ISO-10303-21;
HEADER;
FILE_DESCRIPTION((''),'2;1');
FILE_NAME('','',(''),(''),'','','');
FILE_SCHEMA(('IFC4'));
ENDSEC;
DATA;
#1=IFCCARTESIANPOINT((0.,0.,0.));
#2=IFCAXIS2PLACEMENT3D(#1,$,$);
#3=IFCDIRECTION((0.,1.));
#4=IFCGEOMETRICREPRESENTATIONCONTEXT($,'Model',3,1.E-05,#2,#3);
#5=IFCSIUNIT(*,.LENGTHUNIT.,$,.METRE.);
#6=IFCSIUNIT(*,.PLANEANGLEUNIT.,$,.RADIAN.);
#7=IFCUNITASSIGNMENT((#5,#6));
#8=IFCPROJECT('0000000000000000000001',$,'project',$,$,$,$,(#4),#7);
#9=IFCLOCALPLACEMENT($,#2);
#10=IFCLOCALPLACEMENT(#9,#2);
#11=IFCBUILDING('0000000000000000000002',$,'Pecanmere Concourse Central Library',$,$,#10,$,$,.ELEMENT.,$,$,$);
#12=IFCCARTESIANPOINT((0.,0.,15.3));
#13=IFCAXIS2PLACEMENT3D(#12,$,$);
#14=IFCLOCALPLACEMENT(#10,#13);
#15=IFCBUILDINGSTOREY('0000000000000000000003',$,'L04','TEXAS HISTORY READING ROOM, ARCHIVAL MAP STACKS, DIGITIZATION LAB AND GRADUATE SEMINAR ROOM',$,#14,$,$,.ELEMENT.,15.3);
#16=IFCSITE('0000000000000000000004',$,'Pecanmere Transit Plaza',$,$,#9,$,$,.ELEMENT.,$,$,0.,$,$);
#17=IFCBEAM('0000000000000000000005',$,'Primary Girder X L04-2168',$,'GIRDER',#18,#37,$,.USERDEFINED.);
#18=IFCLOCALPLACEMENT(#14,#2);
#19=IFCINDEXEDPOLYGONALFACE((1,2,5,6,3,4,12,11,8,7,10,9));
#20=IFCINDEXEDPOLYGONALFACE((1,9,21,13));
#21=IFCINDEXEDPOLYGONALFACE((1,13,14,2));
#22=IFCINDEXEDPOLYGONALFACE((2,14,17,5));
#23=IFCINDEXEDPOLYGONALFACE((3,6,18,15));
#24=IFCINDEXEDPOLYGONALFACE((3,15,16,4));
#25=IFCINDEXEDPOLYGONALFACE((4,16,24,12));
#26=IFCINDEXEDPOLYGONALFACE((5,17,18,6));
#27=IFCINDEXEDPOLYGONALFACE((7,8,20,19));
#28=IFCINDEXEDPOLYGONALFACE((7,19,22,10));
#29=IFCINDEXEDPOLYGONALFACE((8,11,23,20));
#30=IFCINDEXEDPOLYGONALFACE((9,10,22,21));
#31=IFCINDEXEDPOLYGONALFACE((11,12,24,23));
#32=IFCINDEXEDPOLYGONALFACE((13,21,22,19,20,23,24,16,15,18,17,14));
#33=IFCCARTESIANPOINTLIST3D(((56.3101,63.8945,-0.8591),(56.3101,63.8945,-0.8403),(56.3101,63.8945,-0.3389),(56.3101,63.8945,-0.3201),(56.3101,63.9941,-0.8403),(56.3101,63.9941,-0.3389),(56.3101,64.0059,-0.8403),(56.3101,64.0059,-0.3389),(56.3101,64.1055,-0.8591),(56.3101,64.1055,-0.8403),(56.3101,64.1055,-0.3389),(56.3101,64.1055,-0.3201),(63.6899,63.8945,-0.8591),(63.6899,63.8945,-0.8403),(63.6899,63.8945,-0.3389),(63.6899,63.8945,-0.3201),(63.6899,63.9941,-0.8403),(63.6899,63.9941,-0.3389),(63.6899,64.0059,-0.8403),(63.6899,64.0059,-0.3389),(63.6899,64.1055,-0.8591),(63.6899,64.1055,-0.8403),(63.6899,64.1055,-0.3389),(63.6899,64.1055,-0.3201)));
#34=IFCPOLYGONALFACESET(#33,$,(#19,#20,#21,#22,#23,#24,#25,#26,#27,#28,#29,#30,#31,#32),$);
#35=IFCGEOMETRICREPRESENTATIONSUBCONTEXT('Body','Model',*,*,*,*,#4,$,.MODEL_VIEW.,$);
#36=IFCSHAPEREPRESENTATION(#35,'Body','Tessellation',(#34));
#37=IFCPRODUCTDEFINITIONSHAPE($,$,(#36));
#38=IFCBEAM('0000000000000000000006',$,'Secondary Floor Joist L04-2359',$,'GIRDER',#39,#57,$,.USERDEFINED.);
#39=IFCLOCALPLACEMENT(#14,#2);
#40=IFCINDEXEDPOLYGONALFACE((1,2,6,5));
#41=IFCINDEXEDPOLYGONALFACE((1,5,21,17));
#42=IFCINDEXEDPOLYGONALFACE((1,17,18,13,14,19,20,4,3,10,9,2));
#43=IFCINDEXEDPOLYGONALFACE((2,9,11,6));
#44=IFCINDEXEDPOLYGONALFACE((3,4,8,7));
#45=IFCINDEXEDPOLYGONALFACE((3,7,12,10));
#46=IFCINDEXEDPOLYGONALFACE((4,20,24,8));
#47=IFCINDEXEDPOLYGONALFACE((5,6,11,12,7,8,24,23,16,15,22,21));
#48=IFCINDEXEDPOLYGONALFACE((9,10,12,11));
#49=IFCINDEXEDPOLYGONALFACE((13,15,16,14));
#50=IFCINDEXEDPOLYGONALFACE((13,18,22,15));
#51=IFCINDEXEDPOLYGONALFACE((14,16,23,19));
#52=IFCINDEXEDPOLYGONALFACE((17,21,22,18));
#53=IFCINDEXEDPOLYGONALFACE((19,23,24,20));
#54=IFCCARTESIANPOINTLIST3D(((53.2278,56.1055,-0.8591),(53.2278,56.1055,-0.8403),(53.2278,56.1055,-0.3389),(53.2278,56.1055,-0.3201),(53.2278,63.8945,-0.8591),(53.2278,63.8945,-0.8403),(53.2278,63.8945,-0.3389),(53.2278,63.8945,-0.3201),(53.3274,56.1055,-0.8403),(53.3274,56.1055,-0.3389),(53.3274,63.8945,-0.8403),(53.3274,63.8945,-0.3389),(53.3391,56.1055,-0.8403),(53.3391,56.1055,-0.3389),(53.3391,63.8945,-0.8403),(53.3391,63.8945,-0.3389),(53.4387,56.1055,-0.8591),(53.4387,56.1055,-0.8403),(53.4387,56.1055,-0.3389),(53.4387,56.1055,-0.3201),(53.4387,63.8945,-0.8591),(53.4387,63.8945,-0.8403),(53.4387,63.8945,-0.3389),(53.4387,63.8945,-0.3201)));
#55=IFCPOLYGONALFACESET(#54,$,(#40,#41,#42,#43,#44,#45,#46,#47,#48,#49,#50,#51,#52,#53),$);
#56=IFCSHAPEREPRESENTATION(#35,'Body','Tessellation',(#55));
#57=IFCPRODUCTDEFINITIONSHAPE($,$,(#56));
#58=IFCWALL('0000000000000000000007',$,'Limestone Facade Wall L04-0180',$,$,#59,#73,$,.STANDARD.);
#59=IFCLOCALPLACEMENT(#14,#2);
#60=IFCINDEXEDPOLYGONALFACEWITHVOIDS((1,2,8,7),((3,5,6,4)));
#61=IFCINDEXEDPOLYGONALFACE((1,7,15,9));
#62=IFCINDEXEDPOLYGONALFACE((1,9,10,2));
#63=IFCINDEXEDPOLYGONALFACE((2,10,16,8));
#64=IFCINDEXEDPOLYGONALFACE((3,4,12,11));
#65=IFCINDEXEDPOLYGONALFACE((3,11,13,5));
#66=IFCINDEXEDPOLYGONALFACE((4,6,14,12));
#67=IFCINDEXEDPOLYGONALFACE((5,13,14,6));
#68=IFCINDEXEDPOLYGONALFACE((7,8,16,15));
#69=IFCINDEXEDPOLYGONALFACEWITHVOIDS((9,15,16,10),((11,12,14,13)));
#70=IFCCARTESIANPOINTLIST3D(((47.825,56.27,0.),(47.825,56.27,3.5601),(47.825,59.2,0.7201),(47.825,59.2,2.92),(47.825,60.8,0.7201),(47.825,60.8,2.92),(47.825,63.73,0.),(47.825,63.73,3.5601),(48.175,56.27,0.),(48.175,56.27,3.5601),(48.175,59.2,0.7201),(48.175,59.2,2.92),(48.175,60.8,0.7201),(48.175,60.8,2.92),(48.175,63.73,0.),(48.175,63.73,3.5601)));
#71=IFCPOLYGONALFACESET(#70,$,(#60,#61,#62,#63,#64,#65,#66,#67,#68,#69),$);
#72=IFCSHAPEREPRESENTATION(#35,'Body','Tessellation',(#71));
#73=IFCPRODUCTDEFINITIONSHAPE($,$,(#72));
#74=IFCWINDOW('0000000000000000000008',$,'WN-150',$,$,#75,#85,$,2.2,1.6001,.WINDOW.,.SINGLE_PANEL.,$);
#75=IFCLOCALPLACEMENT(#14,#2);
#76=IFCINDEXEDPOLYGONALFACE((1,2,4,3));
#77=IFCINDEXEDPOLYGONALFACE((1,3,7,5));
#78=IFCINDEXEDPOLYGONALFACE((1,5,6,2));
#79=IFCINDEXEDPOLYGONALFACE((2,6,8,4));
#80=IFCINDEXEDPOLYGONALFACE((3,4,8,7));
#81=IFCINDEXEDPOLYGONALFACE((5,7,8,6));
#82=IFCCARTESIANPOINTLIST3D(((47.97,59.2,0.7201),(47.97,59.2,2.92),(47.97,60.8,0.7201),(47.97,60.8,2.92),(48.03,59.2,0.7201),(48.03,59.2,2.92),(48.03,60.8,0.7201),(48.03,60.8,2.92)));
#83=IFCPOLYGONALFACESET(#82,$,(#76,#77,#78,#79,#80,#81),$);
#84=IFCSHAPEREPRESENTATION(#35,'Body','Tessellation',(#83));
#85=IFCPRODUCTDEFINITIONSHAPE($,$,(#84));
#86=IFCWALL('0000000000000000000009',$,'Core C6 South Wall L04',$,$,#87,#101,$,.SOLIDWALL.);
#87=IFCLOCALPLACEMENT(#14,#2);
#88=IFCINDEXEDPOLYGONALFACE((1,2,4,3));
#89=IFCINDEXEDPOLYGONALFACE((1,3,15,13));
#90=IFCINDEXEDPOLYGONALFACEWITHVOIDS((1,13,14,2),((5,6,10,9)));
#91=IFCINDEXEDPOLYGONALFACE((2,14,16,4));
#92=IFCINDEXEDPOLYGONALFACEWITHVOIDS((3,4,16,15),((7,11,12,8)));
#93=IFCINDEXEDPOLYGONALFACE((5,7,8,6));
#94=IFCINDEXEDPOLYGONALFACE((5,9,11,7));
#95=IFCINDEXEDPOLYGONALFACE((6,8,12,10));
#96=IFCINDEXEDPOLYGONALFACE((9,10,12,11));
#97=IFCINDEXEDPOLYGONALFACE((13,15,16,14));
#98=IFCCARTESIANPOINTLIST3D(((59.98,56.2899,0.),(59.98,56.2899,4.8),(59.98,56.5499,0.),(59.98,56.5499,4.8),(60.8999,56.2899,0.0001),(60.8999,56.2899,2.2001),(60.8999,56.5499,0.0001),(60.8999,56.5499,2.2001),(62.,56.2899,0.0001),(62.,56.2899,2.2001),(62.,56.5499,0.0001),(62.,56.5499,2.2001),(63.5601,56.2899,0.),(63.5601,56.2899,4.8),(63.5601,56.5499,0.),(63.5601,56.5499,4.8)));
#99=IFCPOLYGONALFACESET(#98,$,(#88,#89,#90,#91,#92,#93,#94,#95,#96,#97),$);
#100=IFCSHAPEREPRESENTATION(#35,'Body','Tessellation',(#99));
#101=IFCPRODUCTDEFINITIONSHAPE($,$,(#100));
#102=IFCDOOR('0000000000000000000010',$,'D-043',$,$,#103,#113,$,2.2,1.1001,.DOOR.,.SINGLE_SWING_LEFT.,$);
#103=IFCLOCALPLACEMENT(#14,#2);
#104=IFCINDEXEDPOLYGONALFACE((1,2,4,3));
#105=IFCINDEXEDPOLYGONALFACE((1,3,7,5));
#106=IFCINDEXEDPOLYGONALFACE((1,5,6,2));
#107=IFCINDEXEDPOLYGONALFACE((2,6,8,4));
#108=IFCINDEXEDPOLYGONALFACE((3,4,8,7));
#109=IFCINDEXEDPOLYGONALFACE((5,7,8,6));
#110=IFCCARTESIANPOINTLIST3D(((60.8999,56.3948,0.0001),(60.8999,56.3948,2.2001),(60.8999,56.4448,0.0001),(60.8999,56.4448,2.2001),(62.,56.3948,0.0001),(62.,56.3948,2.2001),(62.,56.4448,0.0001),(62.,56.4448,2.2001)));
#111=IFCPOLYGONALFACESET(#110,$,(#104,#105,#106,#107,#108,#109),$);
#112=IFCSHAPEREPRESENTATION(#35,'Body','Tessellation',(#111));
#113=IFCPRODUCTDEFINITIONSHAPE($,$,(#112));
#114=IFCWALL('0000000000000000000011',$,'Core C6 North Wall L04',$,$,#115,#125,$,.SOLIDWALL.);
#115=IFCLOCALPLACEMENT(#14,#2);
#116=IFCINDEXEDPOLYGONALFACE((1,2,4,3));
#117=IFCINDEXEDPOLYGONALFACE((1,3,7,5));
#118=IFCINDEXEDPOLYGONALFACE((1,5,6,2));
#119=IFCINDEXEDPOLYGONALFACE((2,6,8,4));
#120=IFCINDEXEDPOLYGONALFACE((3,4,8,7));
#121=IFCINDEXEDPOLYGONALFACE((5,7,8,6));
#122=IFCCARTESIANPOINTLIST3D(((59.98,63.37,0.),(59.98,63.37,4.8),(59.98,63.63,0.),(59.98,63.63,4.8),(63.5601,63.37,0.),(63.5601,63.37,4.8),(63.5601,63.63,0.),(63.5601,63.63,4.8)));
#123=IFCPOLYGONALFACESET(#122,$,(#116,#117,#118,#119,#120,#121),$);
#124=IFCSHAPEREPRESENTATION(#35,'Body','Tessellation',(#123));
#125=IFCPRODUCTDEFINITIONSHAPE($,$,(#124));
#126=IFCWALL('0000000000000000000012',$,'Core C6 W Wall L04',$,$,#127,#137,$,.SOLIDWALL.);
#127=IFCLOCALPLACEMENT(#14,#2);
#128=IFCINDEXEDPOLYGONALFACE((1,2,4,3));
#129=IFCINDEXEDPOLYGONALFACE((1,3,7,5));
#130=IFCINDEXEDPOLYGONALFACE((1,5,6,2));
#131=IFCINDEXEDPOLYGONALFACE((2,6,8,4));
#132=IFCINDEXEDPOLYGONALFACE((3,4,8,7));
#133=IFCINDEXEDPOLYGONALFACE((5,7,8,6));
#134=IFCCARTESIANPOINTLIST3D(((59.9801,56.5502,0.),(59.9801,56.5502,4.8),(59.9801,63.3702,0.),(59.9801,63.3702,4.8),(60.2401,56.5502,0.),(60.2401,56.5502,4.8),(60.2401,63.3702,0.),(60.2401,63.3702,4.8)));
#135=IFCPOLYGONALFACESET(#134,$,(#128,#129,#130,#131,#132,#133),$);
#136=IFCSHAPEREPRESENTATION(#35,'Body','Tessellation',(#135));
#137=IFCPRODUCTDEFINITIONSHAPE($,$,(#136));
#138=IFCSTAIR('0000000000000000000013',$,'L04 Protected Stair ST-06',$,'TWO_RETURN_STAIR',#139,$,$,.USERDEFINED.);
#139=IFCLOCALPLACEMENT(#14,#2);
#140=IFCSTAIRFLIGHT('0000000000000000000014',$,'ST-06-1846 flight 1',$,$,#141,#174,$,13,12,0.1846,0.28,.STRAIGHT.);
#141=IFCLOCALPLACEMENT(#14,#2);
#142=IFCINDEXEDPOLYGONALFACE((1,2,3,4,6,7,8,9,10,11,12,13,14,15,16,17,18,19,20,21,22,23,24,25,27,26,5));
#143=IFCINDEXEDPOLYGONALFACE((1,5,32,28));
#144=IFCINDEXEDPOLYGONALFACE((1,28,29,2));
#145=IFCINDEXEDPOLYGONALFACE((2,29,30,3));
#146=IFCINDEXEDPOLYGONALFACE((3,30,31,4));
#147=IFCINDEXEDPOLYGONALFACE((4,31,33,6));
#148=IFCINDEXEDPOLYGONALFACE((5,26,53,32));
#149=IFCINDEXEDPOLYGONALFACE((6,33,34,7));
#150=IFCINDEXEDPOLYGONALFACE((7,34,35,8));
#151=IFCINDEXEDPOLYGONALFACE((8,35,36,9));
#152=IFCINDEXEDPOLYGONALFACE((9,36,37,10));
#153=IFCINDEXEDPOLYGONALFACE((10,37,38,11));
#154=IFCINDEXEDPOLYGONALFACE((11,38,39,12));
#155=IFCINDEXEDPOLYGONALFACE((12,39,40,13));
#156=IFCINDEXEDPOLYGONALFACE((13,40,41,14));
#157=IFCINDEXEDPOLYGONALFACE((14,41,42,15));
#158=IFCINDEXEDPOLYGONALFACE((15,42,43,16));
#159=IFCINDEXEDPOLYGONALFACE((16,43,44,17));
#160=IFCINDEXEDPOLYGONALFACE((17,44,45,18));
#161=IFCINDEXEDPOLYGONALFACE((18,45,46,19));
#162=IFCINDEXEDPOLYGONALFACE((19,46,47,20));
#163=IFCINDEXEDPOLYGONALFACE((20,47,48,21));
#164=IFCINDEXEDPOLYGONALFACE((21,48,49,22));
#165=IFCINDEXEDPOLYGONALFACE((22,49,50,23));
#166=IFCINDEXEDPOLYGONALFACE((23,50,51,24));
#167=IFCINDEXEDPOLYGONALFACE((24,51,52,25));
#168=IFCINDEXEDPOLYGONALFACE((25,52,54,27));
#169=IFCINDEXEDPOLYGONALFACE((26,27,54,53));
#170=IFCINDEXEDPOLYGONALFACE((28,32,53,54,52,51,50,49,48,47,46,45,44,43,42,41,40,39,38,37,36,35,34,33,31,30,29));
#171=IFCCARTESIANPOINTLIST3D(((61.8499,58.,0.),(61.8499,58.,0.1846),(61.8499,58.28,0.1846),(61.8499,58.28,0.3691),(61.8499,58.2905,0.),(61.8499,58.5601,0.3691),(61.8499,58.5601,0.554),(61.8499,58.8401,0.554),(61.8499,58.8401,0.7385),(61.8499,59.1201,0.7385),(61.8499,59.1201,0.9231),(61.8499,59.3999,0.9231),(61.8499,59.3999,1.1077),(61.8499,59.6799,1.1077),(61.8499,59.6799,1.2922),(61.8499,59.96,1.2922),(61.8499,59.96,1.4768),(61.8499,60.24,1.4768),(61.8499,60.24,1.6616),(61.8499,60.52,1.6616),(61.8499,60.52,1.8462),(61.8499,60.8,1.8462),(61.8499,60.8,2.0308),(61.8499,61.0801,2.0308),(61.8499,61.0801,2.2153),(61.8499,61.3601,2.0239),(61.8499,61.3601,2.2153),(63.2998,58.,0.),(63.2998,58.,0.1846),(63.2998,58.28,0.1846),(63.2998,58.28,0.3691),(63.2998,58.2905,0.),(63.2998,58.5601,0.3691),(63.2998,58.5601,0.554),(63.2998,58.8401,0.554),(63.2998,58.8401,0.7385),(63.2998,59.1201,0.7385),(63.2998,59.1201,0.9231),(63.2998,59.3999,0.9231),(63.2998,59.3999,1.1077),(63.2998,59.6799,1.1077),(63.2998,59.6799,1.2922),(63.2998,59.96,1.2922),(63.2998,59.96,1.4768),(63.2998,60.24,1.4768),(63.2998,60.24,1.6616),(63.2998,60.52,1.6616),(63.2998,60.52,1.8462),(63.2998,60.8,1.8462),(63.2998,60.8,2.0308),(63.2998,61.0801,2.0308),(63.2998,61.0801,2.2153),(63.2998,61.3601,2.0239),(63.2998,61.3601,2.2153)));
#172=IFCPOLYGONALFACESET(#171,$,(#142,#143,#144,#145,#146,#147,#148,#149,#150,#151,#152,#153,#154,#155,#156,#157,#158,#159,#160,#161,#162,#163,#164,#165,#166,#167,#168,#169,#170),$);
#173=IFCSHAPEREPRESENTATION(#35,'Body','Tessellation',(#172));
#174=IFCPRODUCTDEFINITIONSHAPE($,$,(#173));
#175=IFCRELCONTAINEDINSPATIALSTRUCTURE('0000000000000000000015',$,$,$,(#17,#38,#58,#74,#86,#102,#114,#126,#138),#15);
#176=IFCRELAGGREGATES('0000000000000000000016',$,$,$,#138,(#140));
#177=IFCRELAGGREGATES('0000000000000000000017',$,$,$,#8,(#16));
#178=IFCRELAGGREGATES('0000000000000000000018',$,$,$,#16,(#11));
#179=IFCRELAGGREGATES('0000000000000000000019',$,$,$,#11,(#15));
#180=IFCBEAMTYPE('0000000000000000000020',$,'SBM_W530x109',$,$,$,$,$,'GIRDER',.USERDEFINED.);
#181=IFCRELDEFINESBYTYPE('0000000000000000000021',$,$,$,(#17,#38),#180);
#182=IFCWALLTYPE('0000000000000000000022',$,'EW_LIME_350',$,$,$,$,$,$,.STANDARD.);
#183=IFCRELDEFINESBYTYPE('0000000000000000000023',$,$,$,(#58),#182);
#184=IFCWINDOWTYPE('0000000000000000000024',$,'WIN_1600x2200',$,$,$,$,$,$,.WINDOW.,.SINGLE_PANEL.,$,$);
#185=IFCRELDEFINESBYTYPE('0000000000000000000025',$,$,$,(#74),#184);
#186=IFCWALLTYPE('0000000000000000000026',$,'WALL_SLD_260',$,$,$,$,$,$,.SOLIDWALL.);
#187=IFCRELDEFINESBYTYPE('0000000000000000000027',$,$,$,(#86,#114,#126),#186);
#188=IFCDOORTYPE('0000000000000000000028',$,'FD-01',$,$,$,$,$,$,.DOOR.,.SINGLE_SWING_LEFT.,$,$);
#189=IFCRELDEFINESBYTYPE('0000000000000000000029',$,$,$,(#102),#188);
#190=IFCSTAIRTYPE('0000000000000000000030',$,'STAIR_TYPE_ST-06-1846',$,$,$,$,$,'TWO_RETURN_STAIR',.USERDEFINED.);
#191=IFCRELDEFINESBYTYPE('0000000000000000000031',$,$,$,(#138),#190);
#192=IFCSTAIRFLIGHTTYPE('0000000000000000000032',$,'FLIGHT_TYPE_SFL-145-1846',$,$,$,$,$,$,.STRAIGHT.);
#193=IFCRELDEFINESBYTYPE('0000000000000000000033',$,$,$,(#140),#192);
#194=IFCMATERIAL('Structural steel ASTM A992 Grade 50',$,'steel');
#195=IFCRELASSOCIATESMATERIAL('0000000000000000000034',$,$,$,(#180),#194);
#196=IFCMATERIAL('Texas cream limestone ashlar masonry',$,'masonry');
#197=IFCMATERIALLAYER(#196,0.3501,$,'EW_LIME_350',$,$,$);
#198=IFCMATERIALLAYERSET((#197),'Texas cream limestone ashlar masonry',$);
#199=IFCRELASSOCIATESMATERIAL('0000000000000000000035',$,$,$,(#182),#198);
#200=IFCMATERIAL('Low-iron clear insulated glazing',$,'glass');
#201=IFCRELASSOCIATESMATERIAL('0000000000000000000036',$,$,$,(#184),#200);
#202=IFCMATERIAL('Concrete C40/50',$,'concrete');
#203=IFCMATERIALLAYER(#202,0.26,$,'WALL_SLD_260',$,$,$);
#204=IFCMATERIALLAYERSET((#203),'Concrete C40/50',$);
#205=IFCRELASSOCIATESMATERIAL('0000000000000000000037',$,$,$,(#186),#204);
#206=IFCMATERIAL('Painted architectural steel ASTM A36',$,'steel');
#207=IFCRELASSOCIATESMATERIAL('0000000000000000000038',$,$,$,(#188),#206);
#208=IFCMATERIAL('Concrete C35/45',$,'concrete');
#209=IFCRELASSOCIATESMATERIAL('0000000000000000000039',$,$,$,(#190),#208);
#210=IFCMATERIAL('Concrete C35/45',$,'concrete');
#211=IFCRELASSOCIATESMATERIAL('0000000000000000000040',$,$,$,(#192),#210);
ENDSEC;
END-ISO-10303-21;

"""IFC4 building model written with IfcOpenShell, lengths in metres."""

from ifc_helpers import new_model, si_unit, direction, frame, frame_2d, origin, origin_2d, place, context, subcontext, project, spatial, polyline, rectangle, i_section, outline, extrude, material, layer, layer_set, material_profile, profile_set, type_object, element, fill, aggregate, save


model = new_model("IFC4")

# Units and contexts
model_context = context("Model", 3, precision=1e-05, world=origin(), true_north=direction((0.0, 1.0)))
body_context = subcontext(model_context, "Body", "Model", "MODEL_VIEW")
ifc_project = project(units=[si_unit("LENGTHUNIT", "METRE"), si_unit("PLANEANGLEUNIT", "RADIAN")], contexts=[model_context])

# Site, building, storey
site_placement = place(None, origin())
site = spatial("IfcSite", under=ifc_project, at=site_placement, Name="Pecanmere Transit Plaza", CompositionType="ELEMENT", RefElevation=0.0)
building_placement = place(site_placement, origin())
building = spatial("IfcBuilding", under=site, at=building_placement, Name="Pecanmere Concourse Central Library", CompositionType="ELEMENT")
storey_placement = place(building_placement, frame((0.0, 0.0, 15.3)))
storey = spatial("IfcBuildingStorey", under=building, at=storey_placement, Name="L04", Description="TEXAS HISTORY READING ROOM, ARCHIVAL MAP STACKS, DIGITIZATION LAB AND GRADUATE SEMINAR ROOM", CompositionType="ELEMENT", Elevation=15.3)

# Beams
ifc_material_1 = material(Name="Structural steel ASTM A992 Grade 50", Category="steel")
ifc_material_profile_1 = material_profile(ifc_material_1, i_section(OverallWidth=0.2109, OverallDepth=0.5391, WebThickness=0.0117, FlangeThickness=0.0188, at=origin_2d()), Name="W530x109")
ifc_profile_set_1 = profile_set([ifc_material_profile_1], Name="Structural steel ASTM A992 Grade 50")
beam_type_1 = type_object("IfcBeamType", Name="SBM_W530x109", ElementType="GIRDER", PredefinedType="USERDEFINED", material=ifc_profile_set_1)
for number, where, z_axis, x_axis, name in (
    (1, (56.3101, 64.0, -0.5896), (1.0, 0.0, 0.0), (0.0, 1.0, 0.0), "Primary Girder X L04-2168"),
):
    element("IfcBeam", number, at=place(storey_placement, frame(where, z_axis=z_axis, x_axis=x_axis)), inside=storey, type_object=beam_type_1, Name=name, ObjectType="GIRDER", PredefinedType="USERDEFINED", context=body_context, shape_type="SweptSolid", body=[
        extrude(i_section(OverallWidth=0.2109, OverallDepth=0.5391, WebThickness=0.0117, FlangeThickness=0.0188, at=origin_2d()), origin(), (0.0, 0.0, 1.0), 7.3799),
    ])
beam_1_placement = place(storey_placement, frame((53.3333, 56.1055, -0.5896), z_axis=(0.0, 1.0, 0.0), x_axis=(-1.0, 0.0, 0.0)))
element("IfcBeam", 2, at=beam_1_placement, inside=storey, type_object=beam_type_1, Name="Secondary Floor Joist L04-2359", ObjectType="GIRDER", PredefinedType="USERDEFINED", context=body_context, shape_type="SweptSolid", body=[
    extrude(i_section(OverallWidth=0.2109, OverallDepth=0.5391, WebThickness=0.0117, FlangeThickness=0.0188, at=origin_2d()), origin(), (0.0, 0.0, 1.0), 7.7891),
])

# Wall, opening, window
ifc_material_2 = material(Name="Texas cream limestone ashlar masonry", Category="masonry")
ifc_layer_1 = layer(ifc_material_2, 0.3501, Name="EW_LIME_350")
ifc_layer_set_1 = layer_set([ifc_layer_1], Name="Texas cream limestone ashlar masonry")
wall_type_1 = type_object("IfcWallType", Name="EW_LIME_350", PredefinedType="STANDARD", material=ifc_layer_set_1)
wall_1_placement = place(storey_placement, frame((48.0, 63.73, 0.0), z_axis=(0.0, 0.0, 1.0), x_axis=(0.0, -1.0, 0.0)))
wall_1 = element("IfcWall", 3, at=wall_1_placement, inside=storey, type_object=wall_type_1, Name="Limestone Facade Wall L04-0180", PredefinedType="STANDARD", context=body_context, shape_type="SweptSolid", body=[
    extrude(rectangle(XDim=7.46, YDim=0.3501, at=frame_2d((3.73, 0.0))), origin(), (0.0, 0.0, 1.0), 3.5601),
])
opening_1_placement = place(wall_1_placement, frame((2.9299, 0.0, 0.72)))
opening_1 = element("IfcOpeningElement", 4, at=opening_1_placement, cuts=wall_1, PredefinedType="OPENING", context=body_context, shape_type="SweptSolid", body=[
    extrude(rectangle(XDim=1.6001, YDim=2.2, at=frame_2d((0.8, 1.1001))), frame((0.0, 0.187, 0.0), z_axis=(0.0, -1.0, 0.0), x_axis=(1.0, 0.0, 0.0)), (0.0, 0.0, 1.0), 0.374),
])
ifc_material_3 = material(Name="Low-iron clear insulated glazing", Category="glass")
window_type = type_object("IfcWindowType", Name="WIN_1600x2200", PartitioningType="SINGLE_PANEL", PredefinedType="WINDOW", material=ifc_material_3)
window_placement = place(opening_1_placement, origin())
window = element("IfcWindow", 5, at=window_placement, inside=storey, type_object=window_type, Name="WN-150", OverallHeight=2.2, OverallWidth=1.6001, PartitioningType="SINGLE_PANEL", PredefinedType="WINDOW", context=body_context, shape_type="SweptSolid", body=[
    extrude(rectangle(XDim=1.6001, YDim=2.2, at=frame_2d((0.8, 1.1001))), frame((0.0, 0.03, 0.0), z_axis=(0.0, -1.0, 0.0), x_axis=(1.0, 0.0, 0.0)), (0.0, 0.0, 1.0), 0.0601),
])
fill(opening_1, window)

# Wall, opening, door
ifc_material_4 = material(Name="Concrete C40/50", Category="concrete")
ifc_layer_2 = layer(ifc_material_4, 0.26, Name="WALL_SLD_260")
ifc_layer_set_2 = layer_set([ifc_layer_2], Name="Concrete C40/50")
wall_type_2 = type_object("IfcWallType", Name="WALL_SLD_260", PredefinedType="SOLIDWALL", material=ifc_layer_set_2)
wall_2_placement = place(storey_placement, frame((59.98, 56.4199, 0.0), z_axis=(0.0, 0.0, 1.0), x_axis=(1.0, 0.0, 0.0)))
wall_2 = element("IfcWall", 6, at=wall_2_placement, inside=storey, type_object=wall_type_2, Name="Core C6 South Wall L04", PredefinedType="SOLIDWALL", context=body_context, shape_type="SweptSolid", body=[
    extrude(rectangle(XDim=3.5801, YDim=0.26, at=frame_2d((1.79, 0.0))), origin(), (0.0, 0.0, 1.0), 4.8),
])
opening_2_placement = place(wall_2_placement, frame((0.9199, 0.0, 0.0)))
opening_2 = element("IfcOpeningElement", 7, at=opening_2_placement, cuts=wall_2, PredefinedType="OPENING", context=body_context, shape_type="SweptSolid", body=[
    extrude(rectangle(XDim=1.1001, YDim=2.2, at=frame_2d((0.55, 1.1001))), frame((0.0, 0.1421, 0.0), z_axis=(0.0, -1.0, 0.0), x_axis=(1.0, 0.0, 0.0)), (0.0, 0.0, 1.0), 0.2839),
])
ifc_material_5 = material(Name="Painted architectural steel ASTM A36", Category="steel")
door_type = type_object("IfcDoorType", Name="FD-01", OperationType="SINGLE_SWING_LEFT", PredefinedType="DOOR", material=ifc_material_5)
door_placement = place(opening_2_placement, origin())
door = element("IfcDoor", 8, at=door_placement, inside=storey, type_object=door_type, Name="D-043", OperationType="SINGLE_SWING_LEFT", OverallHeight=2.2, OverallWidth=1.1001, PredefinedType="DOOR", context=body_context, shape_type="SweptSolid", body=[
    extrude(rectangle(XDim=1.1001, YDim=2.2, at=frame_2d((0.55, 1.1001))), frame((0.0, 0.0249, 0.0), z_axis=(0.0, -1.0, 0.0), x_axis=(1.0, 0.0, 0.0)), (0.0, 0.0, 1.0), 0.05),
])
fill(opening_2, door)

# Walls
wall_3_placement = place(storey_placement, frame((59.98, 63.5, 0.0), z_axis=(0.0, 0.0, 1.0), x_axis=(1.0, 0.0, 0.0)))
element("IfcWall", 9, at=wall_3_placement, inside=storey, type_object=wall_type_2, Name="Core C6 North Wall L04", PredefinedType="SOLIDWALL", context=body_context, shape_type="SweptSolid", body=[
    extrude(rectangle(XDim=3.5801, YDim=0.26, at=frame_2d((1.79, 0.0))), origin(), (0.0, 0.0, 1.0), 4.8),
])
wall_4_placement = place(storey_placement, frame((60.1101, 56.55, 0.0), z_axis=(0.0, 0.0, 1.0), x_axis=(0.0, 1.0, 0.0)))
element("IfcWall", 10, at=wall_4_placement, inside=storey, type_object=wall_type_2, Name="Core C6 W Wall L04", PredefinedType="SOLIDWALL", context=body_context, shape_type="SweptSolid", body=[
    extrude(rectangle(XDim=6.8201, YDim=0.26, at=frame_2d((3.4102, 0.0))), origin(), (0.0, 0.0, 1.0), 4.8),
])

# Stair, stair flight
ifc_material_6 = material(Name="Concrete C35/45", Category="concrete")
stair_type = type_object("IfcStairType", Name="STAIR_TYPE_ST-06-1846", ElementType="TWO_RETURN_STAIR", PredefinedType="USERDEFINED", material=ifc_material_6)
stair_placement = place(storey_placement, origin())
stair = element("IfcStair", 11, at=stair_placement, inside=storey, type_object=stair_type, Name="L04 Protected Stair ST-06", ObjectType="TWO_RETURN_STAIR", PredefinedType="USERDEFINED")
ifc_material_7 = material(Name="Concrete C35/45", Category="concrete")
stair_flight_type = type_object("IfcStairFlightType", Name="FLIGHT_TYPE_SFL-145-1846", PredefinedType="STRAIGHT", material=ifc_material_7)
stair_flight_1_placement = place(storey_placement, frame((62.575, 58.0, 0.0), z_axis=(0.0, 0.0, 1.0), x_axis=(0.0, 1.0, 0.0)))
stair_flight_1 = element("IfcStairFlight", 12, at=stair_flight_1_placement, type_object=stair_flight_type, Name="ST-06-1846 flight 1", NumberOfRisers=13, NumberOfTreads=12, PredefinedType="STRAIGHT", RiserHeight=0.1846, TreadLength=0.28, context=body_context, shape_type="SweptSolid", body=[
    extrude(outline(polyline([(0.0, 0.0), (0.0, 0.1846), (0.28, 0.1846), (0.28, 0.3691), (0.5601, 0.3691), (0.5601, 0.554), (0.8401, 0.554), (0.8401, 0.7385), (1.1201, 0.7385), (1.1201, 0.9231), (1.3999, 0.9231), (1.3999, 1.1077), (1.6799, 1.1077), (1.6799, 1.2922), (1.96, 1.2922), (1.96, 1.4768), (2.24, 1.4768), (2.24, 1.6616), (2.52, 1.6616), (2.52, 1.8462), (2.8, 1.8462), (2.8, 2.0308), (3.0801, 2.0308), (3.0801, 2.2153), (3.3601, 2.2153), (3.3601, 2.3999), (3.3601, 2.0239), (0.2905, 0.0), (0.0, 0.0)])), frame((0.0, 0.7251, 0.0), z_axis=(0.0, -1.0, 0.0), x_axis=(1.0, 0.0, 0.0)), (0.0, 0.0, 1.0), 1.45),
])
aggregate(stair, [stair_flight_1])

save(model, "model.ifc")
